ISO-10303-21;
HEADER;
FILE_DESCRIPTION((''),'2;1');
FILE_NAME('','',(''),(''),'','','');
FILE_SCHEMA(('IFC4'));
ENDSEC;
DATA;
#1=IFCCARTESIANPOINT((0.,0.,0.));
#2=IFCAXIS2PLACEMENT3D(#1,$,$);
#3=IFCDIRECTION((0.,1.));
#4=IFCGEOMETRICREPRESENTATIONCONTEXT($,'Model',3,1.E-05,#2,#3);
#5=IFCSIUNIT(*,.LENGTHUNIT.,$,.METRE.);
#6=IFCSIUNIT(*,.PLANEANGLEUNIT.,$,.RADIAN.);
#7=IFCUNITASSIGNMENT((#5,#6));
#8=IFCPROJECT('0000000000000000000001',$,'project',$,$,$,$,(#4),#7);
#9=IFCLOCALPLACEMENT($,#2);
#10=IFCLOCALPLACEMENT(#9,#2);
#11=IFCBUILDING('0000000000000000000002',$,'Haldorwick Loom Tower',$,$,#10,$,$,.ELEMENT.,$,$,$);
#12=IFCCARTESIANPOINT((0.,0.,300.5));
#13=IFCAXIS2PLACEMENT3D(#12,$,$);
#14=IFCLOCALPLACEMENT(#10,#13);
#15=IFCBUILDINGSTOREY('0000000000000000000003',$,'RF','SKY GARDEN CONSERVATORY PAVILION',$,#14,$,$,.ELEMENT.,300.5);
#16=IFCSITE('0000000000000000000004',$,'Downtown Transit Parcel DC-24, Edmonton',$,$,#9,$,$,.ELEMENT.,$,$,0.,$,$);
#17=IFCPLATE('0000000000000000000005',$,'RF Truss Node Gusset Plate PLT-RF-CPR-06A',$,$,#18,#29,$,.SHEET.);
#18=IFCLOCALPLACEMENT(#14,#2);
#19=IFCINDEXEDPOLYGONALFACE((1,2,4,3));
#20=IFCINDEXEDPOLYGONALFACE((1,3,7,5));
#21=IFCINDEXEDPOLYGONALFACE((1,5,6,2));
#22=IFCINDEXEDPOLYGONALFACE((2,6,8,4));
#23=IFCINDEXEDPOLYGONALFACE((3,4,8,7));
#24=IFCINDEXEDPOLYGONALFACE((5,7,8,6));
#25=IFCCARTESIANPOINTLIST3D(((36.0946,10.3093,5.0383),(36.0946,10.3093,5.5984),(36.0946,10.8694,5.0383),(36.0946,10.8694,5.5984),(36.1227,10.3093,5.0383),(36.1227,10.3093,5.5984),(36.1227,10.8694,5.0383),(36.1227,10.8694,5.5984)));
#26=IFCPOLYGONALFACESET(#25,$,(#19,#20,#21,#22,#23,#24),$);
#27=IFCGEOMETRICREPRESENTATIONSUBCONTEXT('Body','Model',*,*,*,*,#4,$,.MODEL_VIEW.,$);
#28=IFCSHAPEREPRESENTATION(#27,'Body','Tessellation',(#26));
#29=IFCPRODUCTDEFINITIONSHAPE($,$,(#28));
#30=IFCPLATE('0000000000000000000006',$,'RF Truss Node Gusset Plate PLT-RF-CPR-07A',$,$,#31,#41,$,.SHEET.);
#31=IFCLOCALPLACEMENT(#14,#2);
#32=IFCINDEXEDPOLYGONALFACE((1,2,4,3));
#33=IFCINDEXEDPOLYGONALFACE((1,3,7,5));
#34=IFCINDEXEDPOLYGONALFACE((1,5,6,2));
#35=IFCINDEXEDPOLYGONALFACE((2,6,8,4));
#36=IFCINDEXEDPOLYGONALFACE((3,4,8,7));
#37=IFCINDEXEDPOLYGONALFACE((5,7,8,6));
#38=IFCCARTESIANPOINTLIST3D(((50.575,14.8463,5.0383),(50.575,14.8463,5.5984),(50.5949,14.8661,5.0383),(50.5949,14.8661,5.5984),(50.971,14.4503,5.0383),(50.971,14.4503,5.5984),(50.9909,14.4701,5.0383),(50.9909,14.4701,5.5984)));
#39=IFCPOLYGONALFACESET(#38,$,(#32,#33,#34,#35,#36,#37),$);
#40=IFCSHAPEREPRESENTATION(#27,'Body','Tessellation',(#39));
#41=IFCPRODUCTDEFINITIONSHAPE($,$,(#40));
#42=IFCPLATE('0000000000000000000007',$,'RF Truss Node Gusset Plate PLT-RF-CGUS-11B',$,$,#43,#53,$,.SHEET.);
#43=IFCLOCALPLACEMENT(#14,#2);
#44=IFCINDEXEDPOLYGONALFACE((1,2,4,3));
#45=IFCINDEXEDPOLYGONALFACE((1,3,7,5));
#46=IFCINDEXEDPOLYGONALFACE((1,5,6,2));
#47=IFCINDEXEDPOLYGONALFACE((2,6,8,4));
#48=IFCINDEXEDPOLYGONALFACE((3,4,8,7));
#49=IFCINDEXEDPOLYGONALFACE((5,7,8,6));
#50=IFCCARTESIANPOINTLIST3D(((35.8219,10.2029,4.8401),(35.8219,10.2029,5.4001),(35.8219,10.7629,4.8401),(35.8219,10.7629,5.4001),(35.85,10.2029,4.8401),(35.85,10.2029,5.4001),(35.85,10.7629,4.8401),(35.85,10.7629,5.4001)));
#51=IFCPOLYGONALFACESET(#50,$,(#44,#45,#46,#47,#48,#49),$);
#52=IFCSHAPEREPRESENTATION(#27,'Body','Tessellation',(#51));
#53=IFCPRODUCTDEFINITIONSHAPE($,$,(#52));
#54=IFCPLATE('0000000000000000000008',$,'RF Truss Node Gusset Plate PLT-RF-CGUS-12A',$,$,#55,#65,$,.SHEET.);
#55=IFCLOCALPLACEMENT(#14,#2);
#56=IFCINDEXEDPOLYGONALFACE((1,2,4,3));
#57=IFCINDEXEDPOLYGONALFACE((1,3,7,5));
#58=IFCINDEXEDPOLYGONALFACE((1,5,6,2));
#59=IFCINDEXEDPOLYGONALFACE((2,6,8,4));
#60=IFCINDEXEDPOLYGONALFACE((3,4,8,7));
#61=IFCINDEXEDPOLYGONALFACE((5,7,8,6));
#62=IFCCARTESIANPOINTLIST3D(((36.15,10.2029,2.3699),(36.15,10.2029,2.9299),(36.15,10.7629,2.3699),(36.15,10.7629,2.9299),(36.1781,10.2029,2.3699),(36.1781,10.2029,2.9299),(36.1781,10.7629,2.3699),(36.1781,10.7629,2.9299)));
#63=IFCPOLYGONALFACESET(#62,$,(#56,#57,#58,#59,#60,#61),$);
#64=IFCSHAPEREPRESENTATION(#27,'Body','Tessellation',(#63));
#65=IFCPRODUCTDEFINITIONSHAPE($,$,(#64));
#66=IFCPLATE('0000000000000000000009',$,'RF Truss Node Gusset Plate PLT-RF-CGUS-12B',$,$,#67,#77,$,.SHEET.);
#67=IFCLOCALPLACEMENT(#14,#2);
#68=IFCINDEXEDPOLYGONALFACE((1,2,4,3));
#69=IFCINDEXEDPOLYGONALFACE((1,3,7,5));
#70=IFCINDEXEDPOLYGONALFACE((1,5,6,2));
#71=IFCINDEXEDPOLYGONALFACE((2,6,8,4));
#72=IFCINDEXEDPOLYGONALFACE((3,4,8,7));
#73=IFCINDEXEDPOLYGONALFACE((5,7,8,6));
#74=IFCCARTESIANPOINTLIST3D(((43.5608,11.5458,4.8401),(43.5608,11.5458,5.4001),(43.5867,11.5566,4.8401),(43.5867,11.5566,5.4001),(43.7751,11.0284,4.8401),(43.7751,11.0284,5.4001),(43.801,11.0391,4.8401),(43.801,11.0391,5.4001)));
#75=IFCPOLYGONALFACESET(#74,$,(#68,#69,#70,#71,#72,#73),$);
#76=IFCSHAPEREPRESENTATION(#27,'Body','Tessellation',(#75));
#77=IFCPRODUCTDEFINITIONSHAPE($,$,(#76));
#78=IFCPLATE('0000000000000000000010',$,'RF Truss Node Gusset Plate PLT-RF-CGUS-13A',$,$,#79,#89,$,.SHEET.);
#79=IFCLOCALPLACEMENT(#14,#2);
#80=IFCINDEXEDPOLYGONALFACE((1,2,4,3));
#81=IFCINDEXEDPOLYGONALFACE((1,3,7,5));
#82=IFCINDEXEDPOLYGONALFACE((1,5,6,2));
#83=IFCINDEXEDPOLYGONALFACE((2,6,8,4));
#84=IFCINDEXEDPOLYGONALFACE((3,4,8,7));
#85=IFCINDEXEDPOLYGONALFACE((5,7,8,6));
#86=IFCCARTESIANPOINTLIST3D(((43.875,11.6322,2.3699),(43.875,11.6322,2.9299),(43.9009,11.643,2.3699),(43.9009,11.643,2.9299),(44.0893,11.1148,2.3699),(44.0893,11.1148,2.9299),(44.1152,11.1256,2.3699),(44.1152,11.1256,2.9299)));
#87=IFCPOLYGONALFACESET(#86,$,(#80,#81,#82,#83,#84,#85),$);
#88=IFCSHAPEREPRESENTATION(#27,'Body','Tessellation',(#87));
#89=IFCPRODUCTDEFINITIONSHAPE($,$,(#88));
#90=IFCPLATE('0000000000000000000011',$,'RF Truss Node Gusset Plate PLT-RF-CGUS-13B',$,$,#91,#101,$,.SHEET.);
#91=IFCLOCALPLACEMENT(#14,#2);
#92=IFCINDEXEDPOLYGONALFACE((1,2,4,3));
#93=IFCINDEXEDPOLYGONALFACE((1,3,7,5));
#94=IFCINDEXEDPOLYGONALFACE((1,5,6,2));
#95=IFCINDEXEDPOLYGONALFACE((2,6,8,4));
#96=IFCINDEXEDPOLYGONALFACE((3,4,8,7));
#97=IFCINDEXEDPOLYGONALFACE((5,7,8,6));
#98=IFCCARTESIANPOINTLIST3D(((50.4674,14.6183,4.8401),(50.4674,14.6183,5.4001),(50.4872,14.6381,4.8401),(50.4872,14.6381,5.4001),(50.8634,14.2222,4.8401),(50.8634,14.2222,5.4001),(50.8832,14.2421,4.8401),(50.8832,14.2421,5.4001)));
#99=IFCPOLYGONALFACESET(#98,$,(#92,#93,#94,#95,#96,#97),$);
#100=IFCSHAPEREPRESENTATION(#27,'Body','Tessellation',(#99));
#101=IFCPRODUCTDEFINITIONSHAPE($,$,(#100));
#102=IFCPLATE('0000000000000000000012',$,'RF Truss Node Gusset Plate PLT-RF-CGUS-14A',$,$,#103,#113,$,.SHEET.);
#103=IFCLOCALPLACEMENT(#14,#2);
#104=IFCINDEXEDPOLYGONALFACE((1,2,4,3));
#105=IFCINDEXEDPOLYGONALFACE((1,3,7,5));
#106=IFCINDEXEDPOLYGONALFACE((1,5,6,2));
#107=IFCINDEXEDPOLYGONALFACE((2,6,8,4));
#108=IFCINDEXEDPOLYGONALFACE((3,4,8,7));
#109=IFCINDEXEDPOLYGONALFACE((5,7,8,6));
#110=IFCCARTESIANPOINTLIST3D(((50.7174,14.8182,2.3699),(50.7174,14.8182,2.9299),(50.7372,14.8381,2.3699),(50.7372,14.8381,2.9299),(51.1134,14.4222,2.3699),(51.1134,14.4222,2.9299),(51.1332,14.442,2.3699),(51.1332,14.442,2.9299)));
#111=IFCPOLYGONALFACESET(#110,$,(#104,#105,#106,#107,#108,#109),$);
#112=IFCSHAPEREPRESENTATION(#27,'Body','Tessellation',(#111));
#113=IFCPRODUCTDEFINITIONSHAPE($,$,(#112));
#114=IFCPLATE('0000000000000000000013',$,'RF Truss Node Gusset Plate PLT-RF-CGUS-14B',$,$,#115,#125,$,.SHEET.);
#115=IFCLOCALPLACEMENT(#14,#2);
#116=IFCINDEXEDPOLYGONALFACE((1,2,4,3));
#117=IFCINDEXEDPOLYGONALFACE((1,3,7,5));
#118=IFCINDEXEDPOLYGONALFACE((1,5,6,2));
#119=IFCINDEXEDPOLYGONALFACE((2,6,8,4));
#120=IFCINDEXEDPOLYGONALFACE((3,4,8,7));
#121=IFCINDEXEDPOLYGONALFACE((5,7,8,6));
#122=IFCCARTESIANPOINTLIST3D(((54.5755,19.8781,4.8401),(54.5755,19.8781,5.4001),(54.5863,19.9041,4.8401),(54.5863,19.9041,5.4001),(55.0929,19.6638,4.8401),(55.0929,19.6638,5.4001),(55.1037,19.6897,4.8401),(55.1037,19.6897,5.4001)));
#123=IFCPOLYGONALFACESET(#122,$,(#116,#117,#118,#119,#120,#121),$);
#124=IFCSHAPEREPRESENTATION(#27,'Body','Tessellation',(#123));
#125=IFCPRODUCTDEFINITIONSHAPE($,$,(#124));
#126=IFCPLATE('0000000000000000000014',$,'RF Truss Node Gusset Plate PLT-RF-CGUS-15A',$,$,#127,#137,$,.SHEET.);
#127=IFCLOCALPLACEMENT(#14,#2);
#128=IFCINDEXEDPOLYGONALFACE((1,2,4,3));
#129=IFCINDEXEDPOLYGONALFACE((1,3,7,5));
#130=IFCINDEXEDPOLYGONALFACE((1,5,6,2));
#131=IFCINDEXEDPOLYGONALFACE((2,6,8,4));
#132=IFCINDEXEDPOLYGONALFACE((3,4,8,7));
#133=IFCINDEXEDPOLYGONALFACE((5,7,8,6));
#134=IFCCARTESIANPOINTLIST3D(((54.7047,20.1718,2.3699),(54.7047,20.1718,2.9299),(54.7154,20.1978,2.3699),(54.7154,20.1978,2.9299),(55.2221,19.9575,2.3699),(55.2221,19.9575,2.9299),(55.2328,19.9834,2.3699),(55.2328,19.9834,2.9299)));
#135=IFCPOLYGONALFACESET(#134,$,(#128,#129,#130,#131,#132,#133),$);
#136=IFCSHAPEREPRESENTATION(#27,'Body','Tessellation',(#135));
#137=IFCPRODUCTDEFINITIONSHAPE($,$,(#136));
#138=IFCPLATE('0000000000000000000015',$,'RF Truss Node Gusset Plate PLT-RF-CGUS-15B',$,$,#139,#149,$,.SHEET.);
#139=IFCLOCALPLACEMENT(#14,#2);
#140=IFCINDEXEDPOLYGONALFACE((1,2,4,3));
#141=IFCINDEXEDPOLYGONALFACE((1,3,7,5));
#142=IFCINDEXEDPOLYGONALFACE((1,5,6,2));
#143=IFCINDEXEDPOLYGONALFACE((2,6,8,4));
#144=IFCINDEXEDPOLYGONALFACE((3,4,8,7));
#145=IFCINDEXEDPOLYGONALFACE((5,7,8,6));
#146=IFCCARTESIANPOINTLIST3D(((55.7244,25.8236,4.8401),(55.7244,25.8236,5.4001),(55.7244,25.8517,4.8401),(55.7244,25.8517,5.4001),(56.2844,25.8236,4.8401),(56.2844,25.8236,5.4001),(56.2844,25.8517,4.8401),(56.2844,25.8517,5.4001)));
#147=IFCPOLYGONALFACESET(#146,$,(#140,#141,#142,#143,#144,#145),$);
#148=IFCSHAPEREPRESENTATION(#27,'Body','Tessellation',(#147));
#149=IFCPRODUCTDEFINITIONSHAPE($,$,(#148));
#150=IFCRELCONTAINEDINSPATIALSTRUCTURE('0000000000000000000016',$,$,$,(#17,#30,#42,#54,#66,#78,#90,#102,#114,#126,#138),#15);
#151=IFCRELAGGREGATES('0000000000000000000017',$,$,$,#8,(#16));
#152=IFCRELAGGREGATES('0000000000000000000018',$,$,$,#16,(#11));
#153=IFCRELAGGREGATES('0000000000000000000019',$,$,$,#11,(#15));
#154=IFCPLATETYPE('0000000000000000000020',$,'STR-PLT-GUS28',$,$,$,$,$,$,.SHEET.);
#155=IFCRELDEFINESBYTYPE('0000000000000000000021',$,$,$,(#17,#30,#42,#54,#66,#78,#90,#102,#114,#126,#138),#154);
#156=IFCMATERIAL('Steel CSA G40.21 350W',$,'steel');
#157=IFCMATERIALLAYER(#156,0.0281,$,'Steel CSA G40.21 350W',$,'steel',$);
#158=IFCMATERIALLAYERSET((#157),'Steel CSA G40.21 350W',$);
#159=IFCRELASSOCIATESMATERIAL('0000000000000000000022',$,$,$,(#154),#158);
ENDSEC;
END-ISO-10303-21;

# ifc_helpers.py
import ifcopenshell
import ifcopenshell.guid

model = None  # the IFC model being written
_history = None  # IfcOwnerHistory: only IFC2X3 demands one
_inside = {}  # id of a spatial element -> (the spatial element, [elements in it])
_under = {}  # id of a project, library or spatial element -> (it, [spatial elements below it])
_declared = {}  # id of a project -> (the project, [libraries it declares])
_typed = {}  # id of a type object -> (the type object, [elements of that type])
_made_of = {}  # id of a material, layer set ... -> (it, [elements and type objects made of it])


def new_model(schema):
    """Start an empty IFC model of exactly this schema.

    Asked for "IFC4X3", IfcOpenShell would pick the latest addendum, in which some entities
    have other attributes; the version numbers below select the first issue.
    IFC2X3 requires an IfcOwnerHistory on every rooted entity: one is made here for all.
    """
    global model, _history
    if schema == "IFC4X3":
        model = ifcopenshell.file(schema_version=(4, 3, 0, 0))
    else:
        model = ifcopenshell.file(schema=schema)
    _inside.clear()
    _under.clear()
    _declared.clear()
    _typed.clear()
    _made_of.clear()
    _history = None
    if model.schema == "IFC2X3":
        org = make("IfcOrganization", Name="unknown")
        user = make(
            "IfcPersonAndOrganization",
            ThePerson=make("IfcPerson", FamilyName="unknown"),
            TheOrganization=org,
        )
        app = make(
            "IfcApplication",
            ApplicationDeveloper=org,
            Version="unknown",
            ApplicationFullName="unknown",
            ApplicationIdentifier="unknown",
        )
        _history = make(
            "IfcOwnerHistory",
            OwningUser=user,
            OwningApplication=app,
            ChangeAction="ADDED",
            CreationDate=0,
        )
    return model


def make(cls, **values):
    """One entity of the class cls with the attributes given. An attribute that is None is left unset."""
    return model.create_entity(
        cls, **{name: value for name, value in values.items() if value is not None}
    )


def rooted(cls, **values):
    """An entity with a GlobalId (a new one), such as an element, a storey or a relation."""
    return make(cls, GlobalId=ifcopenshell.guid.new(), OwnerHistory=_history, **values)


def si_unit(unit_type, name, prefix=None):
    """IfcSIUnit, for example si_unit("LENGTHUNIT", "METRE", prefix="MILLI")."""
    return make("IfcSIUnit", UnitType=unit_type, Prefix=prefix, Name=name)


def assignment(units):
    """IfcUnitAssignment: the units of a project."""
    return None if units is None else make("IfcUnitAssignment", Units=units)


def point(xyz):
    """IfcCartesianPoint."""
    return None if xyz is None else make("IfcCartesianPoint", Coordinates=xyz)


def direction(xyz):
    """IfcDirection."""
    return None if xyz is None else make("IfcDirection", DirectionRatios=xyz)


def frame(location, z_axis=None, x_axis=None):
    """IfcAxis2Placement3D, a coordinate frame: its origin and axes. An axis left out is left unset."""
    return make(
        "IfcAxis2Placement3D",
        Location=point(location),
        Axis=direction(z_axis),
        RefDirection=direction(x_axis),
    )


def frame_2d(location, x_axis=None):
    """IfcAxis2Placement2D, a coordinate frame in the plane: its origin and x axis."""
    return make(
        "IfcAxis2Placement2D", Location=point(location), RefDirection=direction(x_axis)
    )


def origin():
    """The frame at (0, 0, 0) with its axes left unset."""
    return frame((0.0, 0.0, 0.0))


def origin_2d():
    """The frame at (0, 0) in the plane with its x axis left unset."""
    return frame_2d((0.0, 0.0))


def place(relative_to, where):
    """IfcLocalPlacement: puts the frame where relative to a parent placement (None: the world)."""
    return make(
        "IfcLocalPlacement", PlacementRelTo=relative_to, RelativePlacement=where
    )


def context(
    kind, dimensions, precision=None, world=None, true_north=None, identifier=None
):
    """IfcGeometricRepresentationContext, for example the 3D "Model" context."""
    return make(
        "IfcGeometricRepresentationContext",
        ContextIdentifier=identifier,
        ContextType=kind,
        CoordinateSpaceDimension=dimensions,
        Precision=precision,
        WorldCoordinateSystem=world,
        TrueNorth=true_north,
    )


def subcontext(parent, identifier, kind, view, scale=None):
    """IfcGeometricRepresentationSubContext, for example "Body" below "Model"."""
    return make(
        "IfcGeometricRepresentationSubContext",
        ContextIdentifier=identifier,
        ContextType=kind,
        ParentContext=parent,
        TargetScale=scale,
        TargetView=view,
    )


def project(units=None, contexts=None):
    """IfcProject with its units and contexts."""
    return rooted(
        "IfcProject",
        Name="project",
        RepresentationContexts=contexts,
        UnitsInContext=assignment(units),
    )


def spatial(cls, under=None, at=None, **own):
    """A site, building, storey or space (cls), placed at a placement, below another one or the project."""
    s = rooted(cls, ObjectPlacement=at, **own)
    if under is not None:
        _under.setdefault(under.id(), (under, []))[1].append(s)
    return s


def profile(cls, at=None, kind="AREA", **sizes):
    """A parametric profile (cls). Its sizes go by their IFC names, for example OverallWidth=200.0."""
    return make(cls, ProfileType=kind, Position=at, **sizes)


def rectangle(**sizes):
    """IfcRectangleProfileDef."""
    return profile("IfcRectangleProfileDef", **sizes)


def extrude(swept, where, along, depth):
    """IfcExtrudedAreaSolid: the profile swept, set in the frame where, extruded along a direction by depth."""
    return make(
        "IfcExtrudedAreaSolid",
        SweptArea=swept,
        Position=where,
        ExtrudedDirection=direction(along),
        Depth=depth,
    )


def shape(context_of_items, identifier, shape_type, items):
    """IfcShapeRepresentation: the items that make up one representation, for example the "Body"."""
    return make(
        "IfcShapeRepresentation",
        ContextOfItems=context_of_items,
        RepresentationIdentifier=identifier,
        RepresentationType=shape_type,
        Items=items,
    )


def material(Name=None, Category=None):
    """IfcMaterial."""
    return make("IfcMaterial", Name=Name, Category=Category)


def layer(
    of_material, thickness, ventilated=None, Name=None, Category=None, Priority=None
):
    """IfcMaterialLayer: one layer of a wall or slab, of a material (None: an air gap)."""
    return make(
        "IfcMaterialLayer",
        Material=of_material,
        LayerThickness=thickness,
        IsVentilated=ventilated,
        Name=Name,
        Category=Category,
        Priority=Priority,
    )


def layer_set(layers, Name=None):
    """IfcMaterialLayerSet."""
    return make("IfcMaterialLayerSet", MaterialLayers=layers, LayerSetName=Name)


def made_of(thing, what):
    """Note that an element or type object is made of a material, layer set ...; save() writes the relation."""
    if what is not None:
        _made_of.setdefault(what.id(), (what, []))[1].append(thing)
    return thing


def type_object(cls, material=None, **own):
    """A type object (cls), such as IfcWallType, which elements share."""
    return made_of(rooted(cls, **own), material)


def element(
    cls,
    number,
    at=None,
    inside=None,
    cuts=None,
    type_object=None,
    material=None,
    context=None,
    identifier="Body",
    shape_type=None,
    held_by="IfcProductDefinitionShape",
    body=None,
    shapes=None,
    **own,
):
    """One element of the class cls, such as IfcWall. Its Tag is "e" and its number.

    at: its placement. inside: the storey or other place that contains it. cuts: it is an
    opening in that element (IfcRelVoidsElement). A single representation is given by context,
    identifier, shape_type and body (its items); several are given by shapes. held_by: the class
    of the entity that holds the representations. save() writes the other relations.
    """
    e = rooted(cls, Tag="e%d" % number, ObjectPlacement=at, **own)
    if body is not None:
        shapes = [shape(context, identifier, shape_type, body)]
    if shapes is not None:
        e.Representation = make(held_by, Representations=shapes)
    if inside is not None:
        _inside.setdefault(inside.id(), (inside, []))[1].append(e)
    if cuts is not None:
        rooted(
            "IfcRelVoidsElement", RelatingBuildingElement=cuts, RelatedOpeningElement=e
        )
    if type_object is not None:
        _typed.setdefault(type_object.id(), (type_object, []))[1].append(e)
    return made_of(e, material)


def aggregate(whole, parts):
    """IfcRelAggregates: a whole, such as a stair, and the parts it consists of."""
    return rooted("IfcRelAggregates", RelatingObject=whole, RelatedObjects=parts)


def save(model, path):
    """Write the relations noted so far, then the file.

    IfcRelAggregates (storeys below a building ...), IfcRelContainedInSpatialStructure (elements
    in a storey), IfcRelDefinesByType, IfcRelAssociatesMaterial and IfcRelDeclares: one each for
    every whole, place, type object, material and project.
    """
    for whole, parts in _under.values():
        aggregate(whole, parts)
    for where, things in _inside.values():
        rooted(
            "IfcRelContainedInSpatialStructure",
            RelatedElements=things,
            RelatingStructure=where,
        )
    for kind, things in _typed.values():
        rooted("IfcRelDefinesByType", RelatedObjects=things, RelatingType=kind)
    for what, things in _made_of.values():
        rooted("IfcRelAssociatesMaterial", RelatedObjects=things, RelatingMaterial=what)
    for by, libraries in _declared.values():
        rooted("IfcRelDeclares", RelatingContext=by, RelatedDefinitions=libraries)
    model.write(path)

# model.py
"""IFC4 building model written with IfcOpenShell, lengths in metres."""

from ifc_helpers import new_model, si_unit, direction, frame, origin, origin_2d, place, context, subcontext, project, spatial, rectangle, extrude, material, layer, layer_set, type_object, element, save


model = new_model("IFC4")

# Units and contexts
model_context = context("Model", 3, precision=1e-05, world=origin(), true_north=direction((0.0, 1.0)))
body_context = subcontext(model_context, "Body", "Model", "MODEL_VIEW")
ifc_project = project(units=[si_unit("LENGTHUNIT", "METRE"), si_unit("PLANEANGLEUNIT", "RADIAN")], contexts=[model_context])

# Site, building, storey
site_placement = place(None, origin())
site = spatial("IfcSite", under=ifc_project, at=site_placement, Name="Downtown Transit Parcel DC-24, Edmonton", CompositionType="ELEMENT", RefElevation=0.0)
building_placement = place(site_placement, origin())
building = spatial("IfcBuilding", under=site, at=building_placement, Name="Haldorwick Loom Tower", CompositionType="ELEMENT")
storey_placement = place(building_placement, frame((0.0, 0.0, 300.5)))
storey = spatial("IfcBuildingStorey", under=building, at=storey_placement, Name="RF", Description="SKY GARDEN CONSERVATORY PAVILION", CompositionType="ELEMENT", Elevation=300.5)

# Shared definitions
ifc_material_1 = material(Name="Steel CSA G40.21 350W", Category="steel")

# Plates
ifc_layer = layer(ifc_material_1, 0.0281, Name="Steel CSA G40.21 350W", Category="steel")
ifc_layer_set = layer_set([ifc_layer], Name="Steel CSA G40.21 350W")
plate_type = type_object("IfcPlateType", Name="STR-PLT-GUS28", PredefinedType="SHEET", material=ifc_layer_set)
for number, where, z_axis, x_axis, name in (
    (1, (36.1086, 10.5894, 5.0383), (0.0, 0.0, 1.0), (0.0, -1.0, 0.0), "RF Truss Node Gusset Plate PLT-RF-CPR-06A"),
    (2, (50.783, 14.6582, 5.0383), (0.0, 0.0, 1.0), (0.707107, -0.707107, 0.0), "RF Truss Node Gusset Plate PLT-RF-CPR-07A"),
    (3, (35.8359, 10.4829, 4.8401), (0.0, 0.0, 1.0), (0.0, -1.0, 0.0), "RF Truss Node Gusset Plate PLT-RF-CGUS-11B"),
    (4, (36.1641, 10.4829, 2.3699), (0.0, 0.0, 1.0), (0.0, -1.0, 0.0), "RF Truss Node Gusset Plate PLT-RF-CGUS-12A"),
    (5, (43.6809, 11.2925, 4.8401), (0.0, 0.0, 1.0), (0.382683, -0.92388, 0.0), "RF Truss Node Gusset Plate PLT-RF-CGUS-12B"),
    (6, (43.9951, 11.3789, 2.3699), (0.0, 0.0, 1.0), (0.382683, -0.92388, 0.0), "RF Truss Node Gusset Plate PLT-RF-CGUS-13A"),
    (7, (50.6753, 14.4302, 4.8401), (0.0, 0.0, 1.0), (0.707107, -0.707107, 0.0), "RF Truss Node Gusset Plate PLT-RF-CGUS-13B"),
    (8, (50.9253, 14.6301, 2.3699), (0.0, 0.0, 1.0), (0.707107, -0.707107, 0.0), "RF Truss Node Gusset Plate PLT-RF-CGUS-14A"),
    (9, (54.8396, 19.7839, 4.8401), (0.0, 0.0, 1.0), (0.92388, -0.382683, 0.0), "RF Truss Node Gusset Plate PLT-RF-CGUS-14B"),
    (10, (54.9688, 20.0776, 2.3699), (0.0, 0.0, 1.0), (0.92388, -0.382683, 0.0), "RF Truss Node Gusset Plate PLT-RF-CGUS-15A"),
    (11, (56.0044, 25.8376, 4.8401), (0.0, 0.0, 1.0), (1.0, 0.0, 0.0), "RF Truss Node Gusset Plate PLT-RF-CGUS-15B"),
):
    element("IfcPlate", number, at=place(storey_placement, frame(where, z_axis=z_axis, x_axis=x_axis)), inside=storey, type_object=plate_type, Name=name, PredefinedType="SHEET", context=body_context, shape_type="SweptSolid", body=[
        extrude(rectangle(XDim=0.5601, YDim=0.0281, at=origin_2d()), origin(), (0.0, 0.0, 1.0), 0.5601),
    ])

save(model, "model.ifc")
